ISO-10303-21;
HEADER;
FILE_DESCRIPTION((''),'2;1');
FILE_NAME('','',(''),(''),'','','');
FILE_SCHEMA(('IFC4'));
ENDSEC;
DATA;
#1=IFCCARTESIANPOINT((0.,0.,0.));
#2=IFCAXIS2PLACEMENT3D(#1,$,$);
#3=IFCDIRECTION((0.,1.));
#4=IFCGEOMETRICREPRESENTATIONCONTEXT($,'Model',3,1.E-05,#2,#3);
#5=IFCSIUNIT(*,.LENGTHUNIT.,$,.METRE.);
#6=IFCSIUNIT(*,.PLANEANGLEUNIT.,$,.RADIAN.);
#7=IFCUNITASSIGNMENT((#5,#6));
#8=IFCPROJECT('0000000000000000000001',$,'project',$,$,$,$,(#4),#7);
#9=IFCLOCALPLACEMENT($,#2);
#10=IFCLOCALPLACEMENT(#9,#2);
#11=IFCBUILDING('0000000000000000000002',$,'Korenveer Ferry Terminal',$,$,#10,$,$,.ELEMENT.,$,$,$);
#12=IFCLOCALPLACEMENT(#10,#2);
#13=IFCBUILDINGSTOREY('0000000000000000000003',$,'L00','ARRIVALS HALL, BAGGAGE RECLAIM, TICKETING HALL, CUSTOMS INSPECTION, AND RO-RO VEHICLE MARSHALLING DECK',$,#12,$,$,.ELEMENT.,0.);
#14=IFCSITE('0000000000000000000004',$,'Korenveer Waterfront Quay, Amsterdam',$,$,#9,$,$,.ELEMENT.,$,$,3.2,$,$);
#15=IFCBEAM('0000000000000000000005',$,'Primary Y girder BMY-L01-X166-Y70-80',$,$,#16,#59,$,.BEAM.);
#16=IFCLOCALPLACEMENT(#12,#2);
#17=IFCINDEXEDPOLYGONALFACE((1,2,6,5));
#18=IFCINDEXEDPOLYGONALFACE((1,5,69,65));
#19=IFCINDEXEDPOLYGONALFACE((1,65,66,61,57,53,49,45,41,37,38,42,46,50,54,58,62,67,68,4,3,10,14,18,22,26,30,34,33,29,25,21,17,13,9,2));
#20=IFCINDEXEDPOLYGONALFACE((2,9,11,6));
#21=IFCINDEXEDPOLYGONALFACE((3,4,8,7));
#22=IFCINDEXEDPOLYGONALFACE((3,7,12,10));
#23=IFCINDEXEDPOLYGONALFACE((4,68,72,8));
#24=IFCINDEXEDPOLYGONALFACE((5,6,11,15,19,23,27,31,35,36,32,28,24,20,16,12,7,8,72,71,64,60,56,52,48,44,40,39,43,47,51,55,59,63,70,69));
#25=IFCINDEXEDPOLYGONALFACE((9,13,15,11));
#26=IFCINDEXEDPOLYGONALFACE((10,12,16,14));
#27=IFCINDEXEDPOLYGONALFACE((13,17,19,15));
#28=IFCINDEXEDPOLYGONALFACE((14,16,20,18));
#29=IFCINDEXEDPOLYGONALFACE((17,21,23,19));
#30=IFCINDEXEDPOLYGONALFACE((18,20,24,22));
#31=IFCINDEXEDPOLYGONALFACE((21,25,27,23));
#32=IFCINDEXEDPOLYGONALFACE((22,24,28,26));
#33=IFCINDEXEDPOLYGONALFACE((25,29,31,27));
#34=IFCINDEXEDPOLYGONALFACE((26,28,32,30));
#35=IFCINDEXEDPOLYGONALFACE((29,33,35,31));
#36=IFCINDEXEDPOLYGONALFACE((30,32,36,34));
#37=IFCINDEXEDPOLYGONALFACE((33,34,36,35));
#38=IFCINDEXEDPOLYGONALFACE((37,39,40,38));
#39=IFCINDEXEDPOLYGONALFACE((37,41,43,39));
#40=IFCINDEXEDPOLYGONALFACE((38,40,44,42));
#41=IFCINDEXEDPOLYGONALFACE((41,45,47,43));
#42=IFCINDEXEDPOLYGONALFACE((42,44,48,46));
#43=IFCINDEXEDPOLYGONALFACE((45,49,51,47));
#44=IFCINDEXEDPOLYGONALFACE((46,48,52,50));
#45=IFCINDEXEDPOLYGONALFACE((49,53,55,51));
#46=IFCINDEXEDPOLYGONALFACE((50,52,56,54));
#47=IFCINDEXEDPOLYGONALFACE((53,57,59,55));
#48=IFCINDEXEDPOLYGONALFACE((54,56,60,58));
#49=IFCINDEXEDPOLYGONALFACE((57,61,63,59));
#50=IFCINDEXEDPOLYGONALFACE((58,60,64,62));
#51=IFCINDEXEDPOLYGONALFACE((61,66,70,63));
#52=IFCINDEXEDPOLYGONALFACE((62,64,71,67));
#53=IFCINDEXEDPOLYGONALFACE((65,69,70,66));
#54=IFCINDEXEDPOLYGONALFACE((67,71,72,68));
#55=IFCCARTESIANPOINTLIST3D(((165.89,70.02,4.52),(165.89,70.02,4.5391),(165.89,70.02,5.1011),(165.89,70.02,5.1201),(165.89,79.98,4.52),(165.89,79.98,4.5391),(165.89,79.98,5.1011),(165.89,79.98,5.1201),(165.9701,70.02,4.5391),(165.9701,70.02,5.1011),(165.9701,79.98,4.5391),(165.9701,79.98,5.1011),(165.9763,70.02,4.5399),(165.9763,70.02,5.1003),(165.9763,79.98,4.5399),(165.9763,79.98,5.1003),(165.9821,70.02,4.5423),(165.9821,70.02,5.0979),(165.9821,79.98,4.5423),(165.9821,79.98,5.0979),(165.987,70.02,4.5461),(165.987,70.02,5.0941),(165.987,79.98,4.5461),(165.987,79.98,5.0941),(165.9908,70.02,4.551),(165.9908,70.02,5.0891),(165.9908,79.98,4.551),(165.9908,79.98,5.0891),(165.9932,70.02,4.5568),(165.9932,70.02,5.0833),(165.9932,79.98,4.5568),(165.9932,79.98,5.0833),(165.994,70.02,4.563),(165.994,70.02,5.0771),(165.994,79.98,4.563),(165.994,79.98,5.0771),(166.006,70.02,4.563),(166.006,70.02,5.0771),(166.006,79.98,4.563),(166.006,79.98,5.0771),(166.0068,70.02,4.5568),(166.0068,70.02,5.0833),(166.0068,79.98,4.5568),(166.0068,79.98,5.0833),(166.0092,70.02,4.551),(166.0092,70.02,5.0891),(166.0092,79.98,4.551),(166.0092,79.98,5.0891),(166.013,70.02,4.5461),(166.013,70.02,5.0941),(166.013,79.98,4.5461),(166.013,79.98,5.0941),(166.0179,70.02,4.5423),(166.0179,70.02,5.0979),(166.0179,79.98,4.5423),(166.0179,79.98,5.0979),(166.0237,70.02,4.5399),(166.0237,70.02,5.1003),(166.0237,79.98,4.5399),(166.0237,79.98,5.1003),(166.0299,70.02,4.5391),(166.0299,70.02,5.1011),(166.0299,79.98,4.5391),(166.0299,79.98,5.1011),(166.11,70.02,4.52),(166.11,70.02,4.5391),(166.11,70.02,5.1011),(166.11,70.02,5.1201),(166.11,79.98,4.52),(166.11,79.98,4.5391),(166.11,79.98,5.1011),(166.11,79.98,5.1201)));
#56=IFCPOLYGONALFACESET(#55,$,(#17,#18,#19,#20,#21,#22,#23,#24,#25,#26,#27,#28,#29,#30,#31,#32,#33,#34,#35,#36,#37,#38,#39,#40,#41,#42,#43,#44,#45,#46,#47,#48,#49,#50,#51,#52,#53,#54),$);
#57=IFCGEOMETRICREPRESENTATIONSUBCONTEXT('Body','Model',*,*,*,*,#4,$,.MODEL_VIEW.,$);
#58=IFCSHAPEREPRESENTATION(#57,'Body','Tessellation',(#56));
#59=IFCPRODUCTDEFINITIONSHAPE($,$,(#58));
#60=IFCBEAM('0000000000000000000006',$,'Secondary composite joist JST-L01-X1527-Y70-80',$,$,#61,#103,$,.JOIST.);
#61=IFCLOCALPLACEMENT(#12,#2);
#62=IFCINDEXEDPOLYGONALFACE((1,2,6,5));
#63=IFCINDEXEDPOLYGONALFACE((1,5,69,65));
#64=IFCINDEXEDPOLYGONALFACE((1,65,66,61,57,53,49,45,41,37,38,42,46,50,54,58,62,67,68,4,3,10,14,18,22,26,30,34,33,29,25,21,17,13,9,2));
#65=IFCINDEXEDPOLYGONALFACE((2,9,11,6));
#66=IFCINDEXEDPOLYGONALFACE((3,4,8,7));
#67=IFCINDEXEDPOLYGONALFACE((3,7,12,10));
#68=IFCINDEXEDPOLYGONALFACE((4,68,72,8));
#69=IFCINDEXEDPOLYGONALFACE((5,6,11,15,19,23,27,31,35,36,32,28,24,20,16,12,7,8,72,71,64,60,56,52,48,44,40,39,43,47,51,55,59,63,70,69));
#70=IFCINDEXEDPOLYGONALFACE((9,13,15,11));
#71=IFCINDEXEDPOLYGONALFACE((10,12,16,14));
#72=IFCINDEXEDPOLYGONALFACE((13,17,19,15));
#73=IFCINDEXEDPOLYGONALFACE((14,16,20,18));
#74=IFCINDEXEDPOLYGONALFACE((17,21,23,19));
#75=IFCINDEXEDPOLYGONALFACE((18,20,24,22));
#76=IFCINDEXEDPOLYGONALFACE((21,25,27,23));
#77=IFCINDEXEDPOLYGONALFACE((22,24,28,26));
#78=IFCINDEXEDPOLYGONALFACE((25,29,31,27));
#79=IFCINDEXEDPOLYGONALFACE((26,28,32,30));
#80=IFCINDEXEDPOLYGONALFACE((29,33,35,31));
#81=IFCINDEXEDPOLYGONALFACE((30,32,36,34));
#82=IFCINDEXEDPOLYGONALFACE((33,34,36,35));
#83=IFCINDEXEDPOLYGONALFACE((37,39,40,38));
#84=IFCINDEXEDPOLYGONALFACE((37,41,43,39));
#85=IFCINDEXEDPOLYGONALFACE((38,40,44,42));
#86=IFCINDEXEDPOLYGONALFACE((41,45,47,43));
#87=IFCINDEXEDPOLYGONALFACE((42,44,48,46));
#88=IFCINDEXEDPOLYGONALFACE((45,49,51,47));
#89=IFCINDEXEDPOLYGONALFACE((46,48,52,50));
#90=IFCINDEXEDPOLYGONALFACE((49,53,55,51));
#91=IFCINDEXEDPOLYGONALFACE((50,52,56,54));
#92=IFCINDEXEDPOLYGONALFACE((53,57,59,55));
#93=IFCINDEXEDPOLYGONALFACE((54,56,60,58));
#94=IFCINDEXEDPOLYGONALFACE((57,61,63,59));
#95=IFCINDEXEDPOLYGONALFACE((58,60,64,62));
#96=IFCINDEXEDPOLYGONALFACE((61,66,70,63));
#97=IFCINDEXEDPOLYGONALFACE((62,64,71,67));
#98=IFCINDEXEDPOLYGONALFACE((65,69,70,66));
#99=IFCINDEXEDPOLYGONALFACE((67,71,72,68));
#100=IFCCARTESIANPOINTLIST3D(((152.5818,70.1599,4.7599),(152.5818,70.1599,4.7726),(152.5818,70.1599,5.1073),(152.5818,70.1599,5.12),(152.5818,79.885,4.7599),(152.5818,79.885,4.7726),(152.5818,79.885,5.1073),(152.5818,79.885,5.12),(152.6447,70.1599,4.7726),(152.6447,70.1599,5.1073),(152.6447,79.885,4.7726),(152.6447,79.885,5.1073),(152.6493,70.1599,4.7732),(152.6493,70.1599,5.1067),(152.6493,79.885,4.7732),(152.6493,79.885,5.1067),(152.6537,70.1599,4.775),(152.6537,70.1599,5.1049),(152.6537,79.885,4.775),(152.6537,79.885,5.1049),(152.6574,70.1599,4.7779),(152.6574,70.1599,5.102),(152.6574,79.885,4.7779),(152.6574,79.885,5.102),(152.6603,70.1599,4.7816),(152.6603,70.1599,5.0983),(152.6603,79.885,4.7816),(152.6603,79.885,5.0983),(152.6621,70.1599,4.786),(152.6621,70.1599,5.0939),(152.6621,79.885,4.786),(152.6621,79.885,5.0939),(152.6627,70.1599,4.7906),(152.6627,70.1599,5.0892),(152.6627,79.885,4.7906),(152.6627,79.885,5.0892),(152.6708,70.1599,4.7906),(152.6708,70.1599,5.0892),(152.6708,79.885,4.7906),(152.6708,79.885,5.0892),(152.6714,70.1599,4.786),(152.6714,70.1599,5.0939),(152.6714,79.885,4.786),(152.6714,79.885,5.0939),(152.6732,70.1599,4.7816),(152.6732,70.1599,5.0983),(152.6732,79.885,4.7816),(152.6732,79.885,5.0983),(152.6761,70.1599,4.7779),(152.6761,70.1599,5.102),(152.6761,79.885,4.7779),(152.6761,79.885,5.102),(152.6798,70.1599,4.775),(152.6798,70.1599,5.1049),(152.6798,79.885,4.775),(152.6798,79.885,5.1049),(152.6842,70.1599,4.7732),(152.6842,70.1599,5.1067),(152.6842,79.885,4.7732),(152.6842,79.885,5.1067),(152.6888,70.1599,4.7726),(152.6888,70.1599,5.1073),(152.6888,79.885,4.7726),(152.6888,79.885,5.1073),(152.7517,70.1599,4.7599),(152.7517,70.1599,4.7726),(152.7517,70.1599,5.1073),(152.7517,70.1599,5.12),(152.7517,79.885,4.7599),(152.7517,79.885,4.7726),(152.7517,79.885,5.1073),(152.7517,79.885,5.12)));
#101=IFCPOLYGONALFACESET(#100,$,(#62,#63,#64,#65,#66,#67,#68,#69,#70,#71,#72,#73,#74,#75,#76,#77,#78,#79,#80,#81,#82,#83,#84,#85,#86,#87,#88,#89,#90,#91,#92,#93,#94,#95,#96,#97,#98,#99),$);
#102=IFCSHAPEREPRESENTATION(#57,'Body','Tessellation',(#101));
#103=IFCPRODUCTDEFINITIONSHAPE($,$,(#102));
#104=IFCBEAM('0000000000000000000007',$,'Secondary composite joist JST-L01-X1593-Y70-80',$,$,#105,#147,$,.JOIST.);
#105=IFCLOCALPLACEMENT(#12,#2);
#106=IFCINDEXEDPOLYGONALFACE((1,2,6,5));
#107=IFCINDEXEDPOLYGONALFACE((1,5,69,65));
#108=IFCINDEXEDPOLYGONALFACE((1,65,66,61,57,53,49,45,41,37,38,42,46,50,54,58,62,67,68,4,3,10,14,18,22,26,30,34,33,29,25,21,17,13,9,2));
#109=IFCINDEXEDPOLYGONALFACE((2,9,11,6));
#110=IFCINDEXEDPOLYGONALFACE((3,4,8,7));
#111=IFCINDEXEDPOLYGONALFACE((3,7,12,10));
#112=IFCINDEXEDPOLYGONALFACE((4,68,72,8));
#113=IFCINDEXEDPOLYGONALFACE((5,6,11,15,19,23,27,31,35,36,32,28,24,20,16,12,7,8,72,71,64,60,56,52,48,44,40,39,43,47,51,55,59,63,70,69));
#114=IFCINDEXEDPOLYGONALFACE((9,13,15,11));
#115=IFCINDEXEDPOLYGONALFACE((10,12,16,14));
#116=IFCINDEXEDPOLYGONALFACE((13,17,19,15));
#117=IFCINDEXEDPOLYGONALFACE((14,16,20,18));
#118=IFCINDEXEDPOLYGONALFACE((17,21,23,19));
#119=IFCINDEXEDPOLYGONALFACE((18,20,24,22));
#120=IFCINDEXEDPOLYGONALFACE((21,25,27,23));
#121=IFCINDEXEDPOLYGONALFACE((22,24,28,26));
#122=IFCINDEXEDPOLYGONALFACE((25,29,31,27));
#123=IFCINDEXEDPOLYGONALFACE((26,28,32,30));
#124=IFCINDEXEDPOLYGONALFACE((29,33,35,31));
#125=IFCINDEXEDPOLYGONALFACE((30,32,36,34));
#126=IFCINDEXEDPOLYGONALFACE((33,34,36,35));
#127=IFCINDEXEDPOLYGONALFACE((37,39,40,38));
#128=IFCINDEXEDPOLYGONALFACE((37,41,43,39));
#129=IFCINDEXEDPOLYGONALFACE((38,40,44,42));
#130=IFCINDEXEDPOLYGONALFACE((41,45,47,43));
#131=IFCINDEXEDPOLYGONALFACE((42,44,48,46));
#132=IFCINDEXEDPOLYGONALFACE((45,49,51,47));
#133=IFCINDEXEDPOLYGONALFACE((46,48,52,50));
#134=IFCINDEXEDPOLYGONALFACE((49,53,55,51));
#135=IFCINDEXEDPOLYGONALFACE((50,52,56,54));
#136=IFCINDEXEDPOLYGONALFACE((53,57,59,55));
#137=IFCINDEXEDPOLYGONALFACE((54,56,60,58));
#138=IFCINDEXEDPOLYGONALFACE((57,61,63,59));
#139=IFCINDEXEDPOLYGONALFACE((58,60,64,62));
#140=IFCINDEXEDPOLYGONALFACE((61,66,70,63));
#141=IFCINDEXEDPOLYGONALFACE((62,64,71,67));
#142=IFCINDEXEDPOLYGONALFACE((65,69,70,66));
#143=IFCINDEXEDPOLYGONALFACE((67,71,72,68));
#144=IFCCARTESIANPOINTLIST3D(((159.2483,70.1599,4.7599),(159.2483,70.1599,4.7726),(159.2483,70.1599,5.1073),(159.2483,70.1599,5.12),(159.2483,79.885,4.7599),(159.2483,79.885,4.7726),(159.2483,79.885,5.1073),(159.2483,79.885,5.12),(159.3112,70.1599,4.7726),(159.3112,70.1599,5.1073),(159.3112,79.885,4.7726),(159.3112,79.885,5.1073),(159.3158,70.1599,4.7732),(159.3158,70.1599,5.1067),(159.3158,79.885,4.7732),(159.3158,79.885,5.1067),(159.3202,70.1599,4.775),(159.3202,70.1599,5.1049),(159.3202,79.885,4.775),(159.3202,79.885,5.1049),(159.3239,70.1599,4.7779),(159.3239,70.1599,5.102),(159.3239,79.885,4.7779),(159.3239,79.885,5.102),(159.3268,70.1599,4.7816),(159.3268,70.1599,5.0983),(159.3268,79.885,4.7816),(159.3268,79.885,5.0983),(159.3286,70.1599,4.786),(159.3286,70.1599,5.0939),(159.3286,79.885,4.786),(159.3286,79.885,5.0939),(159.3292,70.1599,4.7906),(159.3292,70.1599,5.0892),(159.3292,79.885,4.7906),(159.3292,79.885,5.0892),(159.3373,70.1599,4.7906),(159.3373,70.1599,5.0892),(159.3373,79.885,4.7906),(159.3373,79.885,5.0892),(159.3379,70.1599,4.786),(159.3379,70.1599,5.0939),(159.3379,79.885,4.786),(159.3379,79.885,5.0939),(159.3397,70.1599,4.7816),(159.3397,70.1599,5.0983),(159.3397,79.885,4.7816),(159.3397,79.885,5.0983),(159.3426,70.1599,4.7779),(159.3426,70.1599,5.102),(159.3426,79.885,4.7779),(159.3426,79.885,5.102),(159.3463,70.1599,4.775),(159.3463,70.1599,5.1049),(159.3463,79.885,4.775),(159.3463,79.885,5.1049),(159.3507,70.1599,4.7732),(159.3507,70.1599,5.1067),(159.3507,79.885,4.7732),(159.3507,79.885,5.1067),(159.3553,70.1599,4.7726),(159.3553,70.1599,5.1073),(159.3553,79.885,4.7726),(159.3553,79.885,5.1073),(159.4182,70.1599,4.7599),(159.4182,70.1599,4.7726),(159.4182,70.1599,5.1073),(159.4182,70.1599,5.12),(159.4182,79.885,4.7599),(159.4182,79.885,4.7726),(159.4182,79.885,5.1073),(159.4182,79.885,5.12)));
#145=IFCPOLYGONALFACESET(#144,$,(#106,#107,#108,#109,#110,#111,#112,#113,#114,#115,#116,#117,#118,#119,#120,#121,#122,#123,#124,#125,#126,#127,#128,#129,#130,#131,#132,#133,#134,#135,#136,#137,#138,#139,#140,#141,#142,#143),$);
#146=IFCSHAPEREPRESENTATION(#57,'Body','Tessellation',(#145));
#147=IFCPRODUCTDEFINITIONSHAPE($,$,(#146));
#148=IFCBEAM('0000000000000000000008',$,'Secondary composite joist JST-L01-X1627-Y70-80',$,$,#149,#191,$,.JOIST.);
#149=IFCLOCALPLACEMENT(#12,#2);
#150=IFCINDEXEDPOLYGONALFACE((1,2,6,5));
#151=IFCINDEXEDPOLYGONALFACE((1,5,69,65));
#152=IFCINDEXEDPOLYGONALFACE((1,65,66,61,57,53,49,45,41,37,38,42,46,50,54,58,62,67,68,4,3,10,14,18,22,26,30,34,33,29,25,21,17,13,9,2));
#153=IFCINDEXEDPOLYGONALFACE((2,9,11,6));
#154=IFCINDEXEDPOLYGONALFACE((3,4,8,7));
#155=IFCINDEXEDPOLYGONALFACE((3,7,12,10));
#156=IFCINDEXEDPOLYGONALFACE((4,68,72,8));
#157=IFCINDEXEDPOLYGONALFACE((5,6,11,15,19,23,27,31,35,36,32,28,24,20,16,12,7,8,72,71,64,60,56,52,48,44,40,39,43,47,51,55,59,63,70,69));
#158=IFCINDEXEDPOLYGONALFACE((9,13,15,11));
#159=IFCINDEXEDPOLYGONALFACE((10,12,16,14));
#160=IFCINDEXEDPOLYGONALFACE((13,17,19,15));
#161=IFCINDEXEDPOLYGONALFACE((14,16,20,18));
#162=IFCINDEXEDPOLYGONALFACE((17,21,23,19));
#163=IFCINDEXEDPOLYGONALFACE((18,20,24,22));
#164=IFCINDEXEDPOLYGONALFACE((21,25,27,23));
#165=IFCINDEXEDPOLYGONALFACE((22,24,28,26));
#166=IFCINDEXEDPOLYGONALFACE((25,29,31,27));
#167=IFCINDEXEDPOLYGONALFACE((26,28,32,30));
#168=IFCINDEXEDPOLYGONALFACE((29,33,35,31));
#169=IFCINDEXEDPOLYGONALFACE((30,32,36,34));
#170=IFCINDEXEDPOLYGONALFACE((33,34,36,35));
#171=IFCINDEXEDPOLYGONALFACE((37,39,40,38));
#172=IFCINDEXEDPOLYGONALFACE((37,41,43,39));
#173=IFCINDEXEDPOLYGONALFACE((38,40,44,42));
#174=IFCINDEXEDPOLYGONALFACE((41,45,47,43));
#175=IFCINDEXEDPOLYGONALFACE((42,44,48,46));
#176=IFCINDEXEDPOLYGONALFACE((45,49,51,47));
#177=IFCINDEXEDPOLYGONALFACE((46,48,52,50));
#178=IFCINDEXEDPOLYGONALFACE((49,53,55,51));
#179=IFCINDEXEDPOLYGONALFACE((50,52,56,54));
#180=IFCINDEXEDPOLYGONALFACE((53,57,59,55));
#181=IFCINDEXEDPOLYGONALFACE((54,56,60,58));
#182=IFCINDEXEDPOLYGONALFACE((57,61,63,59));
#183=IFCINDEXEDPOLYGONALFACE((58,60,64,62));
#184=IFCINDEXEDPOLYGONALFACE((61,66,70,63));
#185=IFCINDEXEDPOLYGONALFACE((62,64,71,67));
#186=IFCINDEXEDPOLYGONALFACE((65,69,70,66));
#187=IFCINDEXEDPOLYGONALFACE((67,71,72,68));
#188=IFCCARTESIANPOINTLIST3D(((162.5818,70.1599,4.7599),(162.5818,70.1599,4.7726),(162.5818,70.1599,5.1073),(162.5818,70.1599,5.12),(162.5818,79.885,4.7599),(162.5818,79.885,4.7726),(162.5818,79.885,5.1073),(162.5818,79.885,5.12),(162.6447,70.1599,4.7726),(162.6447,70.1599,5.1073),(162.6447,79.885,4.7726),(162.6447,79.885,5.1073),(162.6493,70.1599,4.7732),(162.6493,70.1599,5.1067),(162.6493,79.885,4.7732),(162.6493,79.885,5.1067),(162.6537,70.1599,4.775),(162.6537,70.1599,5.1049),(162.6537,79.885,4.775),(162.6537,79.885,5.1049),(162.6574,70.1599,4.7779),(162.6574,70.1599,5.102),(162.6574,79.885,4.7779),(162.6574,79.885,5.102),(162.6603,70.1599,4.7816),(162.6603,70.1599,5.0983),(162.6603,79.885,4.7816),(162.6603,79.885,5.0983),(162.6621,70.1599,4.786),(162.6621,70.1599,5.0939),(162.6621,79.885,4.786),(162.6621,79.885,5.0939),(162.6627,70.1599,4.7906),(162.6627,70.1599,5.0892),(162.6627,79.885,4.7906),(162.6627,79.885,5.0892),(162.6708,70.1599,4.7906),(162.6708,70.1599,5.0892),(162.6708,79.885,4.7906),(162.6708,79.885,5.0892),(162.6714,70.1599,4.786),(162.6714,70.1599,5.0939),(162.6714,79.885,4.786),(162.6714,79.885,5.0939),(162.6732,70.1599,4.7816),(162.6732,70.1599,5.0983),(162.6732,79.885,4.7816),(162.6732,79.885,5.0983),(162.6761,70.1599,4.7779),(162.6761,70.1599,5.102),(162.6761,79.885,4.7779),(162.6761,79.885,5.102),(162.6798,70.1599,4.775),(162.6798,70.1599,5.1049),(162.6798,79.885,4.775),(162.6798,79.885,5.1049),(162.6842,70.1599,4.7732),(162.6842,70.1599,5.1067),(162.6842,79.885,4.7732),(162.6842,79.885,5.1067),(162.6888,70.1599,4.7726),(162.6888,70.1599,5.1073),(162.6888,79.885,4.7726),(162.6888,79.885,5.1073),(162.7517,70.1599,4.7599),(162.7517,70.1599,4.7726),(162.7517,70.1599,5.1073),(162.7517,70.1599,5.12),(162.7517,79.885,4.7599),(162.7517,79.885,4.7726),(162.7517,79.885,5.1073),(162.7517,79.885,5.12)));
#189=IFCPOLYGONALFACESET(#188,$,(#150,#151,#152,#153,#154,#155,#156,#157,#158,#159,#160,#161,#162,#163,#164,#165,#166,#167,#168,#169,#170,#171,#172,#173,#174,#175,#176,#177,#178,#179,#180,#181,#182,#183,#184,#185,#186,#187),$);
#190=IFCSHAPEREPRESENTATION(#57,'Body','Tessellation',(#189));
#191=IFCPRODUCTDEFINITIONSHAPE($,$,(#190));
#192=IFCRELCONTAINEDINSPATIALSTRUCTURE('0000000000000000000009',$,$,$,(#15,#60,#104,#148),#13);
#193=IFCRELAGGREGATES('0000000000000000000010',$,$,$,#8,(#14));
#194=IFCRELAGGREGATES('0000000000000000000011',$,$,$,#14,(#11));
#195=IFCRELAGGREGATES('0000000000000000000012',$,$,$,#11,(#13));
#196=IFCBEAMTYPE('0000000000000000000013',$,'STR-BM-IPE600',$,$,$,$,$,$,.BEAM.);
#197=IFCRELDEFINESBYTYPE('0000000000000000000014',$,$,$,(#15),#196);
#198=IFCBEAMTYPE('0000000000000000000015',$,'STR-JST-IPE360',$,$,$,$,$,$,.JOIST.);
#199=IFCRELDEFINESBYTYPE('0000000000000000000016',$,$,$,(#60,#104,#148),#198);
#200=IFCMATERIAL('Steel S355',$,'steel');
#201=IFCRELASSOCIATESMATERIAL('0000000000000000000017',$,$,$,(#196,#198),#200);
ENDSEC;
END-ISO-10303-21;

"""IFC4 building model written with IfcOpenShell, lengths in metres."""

from ifc_helpers import new_model, si_unit, direction, frame, origin, origin_2d, place, context, subcontext, project, spatial, i_section, extrude, material, material_profile, profile_set, type_object, element, save


model = new_model("IFC4")

# Units and contexts
model_context = context("Model", 3, precision=1e-05, world=origin(), true_north=direction((0.0, 1.0)))
body_context = subcontext(model_context, "Body", "Model", "MODEL_VIEW")
ifc_project = project(units=[si_unit("LENGTHUNIT", "METRE"), si_unit("PLANEANGLEUNIT", "RADIAN")], contexts=[model_context])

# Site, building, storey
site_placement = place(None, origin())
site = spatial("IfcSite", under=ifc_project, at=site_placement, Name="Korenveer Waterfront Quay, Amsterdam", CompositionType="ELEMENT", RefElevation=3.2)
building_placement = place(site_placement, origin())
building = spatial("IfcBuilding", under=site, at=building_placement, Name="Korenveer Ferry Terminal", CompositionType="ELEMENT")
storey_placement = place(building_placement, origin())
storey = spatial("IfcBuildingStorey", under=building, at=storey_placement, Name="L00", Description="ARRIVALS HALL, BAGGAGE RECLAIM, TICKETING HALL, CUSTOMS INSPECTION, AND RO-RO VEHICLE MARSHALLING DECK", CompositionType="ELEMENT", Elevation=0.0)

# Beams
ifc_material_1 = material(Name="Steel S355", Category="steel")
ifc_material_profile_1 = material_profile(ifc_material_1, i_section(OverallWidth=0.22, OverallDepth=0.6001, WebThickness=0.012, FlangeThickness=0.019, FilletRadius=0.0239, at=origin_2d()), Name="IPE 600")
ifc_profile_set_1 = profile_set([ifc_material_profile_1], Name="Steel S355")
beam_type_1 = type_object("IfcBeamType", Name="STR-BM-IPE600", PredefinedType="BEAM", material=ifc_profile_set_1)
for number, where, z_axis, x_axis, name in (
    (1, (166.0, 70.02, 4.8201), (0.0, 1.0, 0.0), (-1.0, 0.0, 0.0), "Primary Y girder BMY-L01-X166-Y70-80"),
):
    element("IfcBeam", number, at=place(storey_placement, frame(where, z_axis=z_axis, x_axis=x_axis)), inside=storey, type_object=beam_type_1, Name=name, PredefinedType="BEAM", context=body_context, shape_type="SweptSolid", body=[
        extrude(i_section(OverallWidth=0.22, OverallDepth=0.6001, WebThickness=0.012, FlangeThickness=0.019, FilletRadius=0.0239, at=origin_2d()), origin(), (0.0, 0.0, 1.0), 9.96),
    ])
ifc_material_profile_2 = material_profile(ifc_material_1, i_section(OverallWidth=0.1699, OverallDepth=0.3601, WebThickness=0.0081, FlangeThickness=0.0127, FilletRadius=0.0181, at=origin_2d()), Name="IPE 360")
ifc_profile_set_2 = profile_set([ifc_material_profile_2], Name="Steel S355")
beam_type_2 = type_object("IfcBeamType", Name="STR-JST-IPE360", PredefinedType="JOIST", material=ifc_profile_set_2)
for number, where, z_axis, x_axis, name in (
    (2, (152.6667, 70.1599, 4.9399), (0.0, 1.0, 0.0), (-1.0, 0.0, 0.0), "Secondary composite joist JST-L01-X1527-Y70-80"),
    (3, (159.3333, 70.1599, 4.9399), (0.0, 1.0, 0.0), (-1.0, 0.0, 0.0), "Secondary composite joist JST-L01-X1593-Y70-80"),
    (4, (162.6667, 70.1599, 4.9399), (0.0, 1.0, 0.0), (-1.0, 0.0, 0.0), "Secondary composite joist JST-L01-X1627-Y70-80"),
):
    element("IfcBeam", number, at=place(storey_placement, frame(where, z_axis=z_axis, x_axis=x_axis)), inside=storey, type_object=beam_type_2, Name=name, PredefinedType="JOIST", context=body_context, shape_type="SweptSolid", body=[
        extrude(i_section(OverallWidth=0.1699, OverallDepth=0.3601, WebThickness=0.0081, FlangeThickness=0.0127, FilletRadius=0.0181, at=origin_2d()), origin(), (0.0, 0.0, 1.0), 9.7251),
    ])

save(model, "model.ifc")
